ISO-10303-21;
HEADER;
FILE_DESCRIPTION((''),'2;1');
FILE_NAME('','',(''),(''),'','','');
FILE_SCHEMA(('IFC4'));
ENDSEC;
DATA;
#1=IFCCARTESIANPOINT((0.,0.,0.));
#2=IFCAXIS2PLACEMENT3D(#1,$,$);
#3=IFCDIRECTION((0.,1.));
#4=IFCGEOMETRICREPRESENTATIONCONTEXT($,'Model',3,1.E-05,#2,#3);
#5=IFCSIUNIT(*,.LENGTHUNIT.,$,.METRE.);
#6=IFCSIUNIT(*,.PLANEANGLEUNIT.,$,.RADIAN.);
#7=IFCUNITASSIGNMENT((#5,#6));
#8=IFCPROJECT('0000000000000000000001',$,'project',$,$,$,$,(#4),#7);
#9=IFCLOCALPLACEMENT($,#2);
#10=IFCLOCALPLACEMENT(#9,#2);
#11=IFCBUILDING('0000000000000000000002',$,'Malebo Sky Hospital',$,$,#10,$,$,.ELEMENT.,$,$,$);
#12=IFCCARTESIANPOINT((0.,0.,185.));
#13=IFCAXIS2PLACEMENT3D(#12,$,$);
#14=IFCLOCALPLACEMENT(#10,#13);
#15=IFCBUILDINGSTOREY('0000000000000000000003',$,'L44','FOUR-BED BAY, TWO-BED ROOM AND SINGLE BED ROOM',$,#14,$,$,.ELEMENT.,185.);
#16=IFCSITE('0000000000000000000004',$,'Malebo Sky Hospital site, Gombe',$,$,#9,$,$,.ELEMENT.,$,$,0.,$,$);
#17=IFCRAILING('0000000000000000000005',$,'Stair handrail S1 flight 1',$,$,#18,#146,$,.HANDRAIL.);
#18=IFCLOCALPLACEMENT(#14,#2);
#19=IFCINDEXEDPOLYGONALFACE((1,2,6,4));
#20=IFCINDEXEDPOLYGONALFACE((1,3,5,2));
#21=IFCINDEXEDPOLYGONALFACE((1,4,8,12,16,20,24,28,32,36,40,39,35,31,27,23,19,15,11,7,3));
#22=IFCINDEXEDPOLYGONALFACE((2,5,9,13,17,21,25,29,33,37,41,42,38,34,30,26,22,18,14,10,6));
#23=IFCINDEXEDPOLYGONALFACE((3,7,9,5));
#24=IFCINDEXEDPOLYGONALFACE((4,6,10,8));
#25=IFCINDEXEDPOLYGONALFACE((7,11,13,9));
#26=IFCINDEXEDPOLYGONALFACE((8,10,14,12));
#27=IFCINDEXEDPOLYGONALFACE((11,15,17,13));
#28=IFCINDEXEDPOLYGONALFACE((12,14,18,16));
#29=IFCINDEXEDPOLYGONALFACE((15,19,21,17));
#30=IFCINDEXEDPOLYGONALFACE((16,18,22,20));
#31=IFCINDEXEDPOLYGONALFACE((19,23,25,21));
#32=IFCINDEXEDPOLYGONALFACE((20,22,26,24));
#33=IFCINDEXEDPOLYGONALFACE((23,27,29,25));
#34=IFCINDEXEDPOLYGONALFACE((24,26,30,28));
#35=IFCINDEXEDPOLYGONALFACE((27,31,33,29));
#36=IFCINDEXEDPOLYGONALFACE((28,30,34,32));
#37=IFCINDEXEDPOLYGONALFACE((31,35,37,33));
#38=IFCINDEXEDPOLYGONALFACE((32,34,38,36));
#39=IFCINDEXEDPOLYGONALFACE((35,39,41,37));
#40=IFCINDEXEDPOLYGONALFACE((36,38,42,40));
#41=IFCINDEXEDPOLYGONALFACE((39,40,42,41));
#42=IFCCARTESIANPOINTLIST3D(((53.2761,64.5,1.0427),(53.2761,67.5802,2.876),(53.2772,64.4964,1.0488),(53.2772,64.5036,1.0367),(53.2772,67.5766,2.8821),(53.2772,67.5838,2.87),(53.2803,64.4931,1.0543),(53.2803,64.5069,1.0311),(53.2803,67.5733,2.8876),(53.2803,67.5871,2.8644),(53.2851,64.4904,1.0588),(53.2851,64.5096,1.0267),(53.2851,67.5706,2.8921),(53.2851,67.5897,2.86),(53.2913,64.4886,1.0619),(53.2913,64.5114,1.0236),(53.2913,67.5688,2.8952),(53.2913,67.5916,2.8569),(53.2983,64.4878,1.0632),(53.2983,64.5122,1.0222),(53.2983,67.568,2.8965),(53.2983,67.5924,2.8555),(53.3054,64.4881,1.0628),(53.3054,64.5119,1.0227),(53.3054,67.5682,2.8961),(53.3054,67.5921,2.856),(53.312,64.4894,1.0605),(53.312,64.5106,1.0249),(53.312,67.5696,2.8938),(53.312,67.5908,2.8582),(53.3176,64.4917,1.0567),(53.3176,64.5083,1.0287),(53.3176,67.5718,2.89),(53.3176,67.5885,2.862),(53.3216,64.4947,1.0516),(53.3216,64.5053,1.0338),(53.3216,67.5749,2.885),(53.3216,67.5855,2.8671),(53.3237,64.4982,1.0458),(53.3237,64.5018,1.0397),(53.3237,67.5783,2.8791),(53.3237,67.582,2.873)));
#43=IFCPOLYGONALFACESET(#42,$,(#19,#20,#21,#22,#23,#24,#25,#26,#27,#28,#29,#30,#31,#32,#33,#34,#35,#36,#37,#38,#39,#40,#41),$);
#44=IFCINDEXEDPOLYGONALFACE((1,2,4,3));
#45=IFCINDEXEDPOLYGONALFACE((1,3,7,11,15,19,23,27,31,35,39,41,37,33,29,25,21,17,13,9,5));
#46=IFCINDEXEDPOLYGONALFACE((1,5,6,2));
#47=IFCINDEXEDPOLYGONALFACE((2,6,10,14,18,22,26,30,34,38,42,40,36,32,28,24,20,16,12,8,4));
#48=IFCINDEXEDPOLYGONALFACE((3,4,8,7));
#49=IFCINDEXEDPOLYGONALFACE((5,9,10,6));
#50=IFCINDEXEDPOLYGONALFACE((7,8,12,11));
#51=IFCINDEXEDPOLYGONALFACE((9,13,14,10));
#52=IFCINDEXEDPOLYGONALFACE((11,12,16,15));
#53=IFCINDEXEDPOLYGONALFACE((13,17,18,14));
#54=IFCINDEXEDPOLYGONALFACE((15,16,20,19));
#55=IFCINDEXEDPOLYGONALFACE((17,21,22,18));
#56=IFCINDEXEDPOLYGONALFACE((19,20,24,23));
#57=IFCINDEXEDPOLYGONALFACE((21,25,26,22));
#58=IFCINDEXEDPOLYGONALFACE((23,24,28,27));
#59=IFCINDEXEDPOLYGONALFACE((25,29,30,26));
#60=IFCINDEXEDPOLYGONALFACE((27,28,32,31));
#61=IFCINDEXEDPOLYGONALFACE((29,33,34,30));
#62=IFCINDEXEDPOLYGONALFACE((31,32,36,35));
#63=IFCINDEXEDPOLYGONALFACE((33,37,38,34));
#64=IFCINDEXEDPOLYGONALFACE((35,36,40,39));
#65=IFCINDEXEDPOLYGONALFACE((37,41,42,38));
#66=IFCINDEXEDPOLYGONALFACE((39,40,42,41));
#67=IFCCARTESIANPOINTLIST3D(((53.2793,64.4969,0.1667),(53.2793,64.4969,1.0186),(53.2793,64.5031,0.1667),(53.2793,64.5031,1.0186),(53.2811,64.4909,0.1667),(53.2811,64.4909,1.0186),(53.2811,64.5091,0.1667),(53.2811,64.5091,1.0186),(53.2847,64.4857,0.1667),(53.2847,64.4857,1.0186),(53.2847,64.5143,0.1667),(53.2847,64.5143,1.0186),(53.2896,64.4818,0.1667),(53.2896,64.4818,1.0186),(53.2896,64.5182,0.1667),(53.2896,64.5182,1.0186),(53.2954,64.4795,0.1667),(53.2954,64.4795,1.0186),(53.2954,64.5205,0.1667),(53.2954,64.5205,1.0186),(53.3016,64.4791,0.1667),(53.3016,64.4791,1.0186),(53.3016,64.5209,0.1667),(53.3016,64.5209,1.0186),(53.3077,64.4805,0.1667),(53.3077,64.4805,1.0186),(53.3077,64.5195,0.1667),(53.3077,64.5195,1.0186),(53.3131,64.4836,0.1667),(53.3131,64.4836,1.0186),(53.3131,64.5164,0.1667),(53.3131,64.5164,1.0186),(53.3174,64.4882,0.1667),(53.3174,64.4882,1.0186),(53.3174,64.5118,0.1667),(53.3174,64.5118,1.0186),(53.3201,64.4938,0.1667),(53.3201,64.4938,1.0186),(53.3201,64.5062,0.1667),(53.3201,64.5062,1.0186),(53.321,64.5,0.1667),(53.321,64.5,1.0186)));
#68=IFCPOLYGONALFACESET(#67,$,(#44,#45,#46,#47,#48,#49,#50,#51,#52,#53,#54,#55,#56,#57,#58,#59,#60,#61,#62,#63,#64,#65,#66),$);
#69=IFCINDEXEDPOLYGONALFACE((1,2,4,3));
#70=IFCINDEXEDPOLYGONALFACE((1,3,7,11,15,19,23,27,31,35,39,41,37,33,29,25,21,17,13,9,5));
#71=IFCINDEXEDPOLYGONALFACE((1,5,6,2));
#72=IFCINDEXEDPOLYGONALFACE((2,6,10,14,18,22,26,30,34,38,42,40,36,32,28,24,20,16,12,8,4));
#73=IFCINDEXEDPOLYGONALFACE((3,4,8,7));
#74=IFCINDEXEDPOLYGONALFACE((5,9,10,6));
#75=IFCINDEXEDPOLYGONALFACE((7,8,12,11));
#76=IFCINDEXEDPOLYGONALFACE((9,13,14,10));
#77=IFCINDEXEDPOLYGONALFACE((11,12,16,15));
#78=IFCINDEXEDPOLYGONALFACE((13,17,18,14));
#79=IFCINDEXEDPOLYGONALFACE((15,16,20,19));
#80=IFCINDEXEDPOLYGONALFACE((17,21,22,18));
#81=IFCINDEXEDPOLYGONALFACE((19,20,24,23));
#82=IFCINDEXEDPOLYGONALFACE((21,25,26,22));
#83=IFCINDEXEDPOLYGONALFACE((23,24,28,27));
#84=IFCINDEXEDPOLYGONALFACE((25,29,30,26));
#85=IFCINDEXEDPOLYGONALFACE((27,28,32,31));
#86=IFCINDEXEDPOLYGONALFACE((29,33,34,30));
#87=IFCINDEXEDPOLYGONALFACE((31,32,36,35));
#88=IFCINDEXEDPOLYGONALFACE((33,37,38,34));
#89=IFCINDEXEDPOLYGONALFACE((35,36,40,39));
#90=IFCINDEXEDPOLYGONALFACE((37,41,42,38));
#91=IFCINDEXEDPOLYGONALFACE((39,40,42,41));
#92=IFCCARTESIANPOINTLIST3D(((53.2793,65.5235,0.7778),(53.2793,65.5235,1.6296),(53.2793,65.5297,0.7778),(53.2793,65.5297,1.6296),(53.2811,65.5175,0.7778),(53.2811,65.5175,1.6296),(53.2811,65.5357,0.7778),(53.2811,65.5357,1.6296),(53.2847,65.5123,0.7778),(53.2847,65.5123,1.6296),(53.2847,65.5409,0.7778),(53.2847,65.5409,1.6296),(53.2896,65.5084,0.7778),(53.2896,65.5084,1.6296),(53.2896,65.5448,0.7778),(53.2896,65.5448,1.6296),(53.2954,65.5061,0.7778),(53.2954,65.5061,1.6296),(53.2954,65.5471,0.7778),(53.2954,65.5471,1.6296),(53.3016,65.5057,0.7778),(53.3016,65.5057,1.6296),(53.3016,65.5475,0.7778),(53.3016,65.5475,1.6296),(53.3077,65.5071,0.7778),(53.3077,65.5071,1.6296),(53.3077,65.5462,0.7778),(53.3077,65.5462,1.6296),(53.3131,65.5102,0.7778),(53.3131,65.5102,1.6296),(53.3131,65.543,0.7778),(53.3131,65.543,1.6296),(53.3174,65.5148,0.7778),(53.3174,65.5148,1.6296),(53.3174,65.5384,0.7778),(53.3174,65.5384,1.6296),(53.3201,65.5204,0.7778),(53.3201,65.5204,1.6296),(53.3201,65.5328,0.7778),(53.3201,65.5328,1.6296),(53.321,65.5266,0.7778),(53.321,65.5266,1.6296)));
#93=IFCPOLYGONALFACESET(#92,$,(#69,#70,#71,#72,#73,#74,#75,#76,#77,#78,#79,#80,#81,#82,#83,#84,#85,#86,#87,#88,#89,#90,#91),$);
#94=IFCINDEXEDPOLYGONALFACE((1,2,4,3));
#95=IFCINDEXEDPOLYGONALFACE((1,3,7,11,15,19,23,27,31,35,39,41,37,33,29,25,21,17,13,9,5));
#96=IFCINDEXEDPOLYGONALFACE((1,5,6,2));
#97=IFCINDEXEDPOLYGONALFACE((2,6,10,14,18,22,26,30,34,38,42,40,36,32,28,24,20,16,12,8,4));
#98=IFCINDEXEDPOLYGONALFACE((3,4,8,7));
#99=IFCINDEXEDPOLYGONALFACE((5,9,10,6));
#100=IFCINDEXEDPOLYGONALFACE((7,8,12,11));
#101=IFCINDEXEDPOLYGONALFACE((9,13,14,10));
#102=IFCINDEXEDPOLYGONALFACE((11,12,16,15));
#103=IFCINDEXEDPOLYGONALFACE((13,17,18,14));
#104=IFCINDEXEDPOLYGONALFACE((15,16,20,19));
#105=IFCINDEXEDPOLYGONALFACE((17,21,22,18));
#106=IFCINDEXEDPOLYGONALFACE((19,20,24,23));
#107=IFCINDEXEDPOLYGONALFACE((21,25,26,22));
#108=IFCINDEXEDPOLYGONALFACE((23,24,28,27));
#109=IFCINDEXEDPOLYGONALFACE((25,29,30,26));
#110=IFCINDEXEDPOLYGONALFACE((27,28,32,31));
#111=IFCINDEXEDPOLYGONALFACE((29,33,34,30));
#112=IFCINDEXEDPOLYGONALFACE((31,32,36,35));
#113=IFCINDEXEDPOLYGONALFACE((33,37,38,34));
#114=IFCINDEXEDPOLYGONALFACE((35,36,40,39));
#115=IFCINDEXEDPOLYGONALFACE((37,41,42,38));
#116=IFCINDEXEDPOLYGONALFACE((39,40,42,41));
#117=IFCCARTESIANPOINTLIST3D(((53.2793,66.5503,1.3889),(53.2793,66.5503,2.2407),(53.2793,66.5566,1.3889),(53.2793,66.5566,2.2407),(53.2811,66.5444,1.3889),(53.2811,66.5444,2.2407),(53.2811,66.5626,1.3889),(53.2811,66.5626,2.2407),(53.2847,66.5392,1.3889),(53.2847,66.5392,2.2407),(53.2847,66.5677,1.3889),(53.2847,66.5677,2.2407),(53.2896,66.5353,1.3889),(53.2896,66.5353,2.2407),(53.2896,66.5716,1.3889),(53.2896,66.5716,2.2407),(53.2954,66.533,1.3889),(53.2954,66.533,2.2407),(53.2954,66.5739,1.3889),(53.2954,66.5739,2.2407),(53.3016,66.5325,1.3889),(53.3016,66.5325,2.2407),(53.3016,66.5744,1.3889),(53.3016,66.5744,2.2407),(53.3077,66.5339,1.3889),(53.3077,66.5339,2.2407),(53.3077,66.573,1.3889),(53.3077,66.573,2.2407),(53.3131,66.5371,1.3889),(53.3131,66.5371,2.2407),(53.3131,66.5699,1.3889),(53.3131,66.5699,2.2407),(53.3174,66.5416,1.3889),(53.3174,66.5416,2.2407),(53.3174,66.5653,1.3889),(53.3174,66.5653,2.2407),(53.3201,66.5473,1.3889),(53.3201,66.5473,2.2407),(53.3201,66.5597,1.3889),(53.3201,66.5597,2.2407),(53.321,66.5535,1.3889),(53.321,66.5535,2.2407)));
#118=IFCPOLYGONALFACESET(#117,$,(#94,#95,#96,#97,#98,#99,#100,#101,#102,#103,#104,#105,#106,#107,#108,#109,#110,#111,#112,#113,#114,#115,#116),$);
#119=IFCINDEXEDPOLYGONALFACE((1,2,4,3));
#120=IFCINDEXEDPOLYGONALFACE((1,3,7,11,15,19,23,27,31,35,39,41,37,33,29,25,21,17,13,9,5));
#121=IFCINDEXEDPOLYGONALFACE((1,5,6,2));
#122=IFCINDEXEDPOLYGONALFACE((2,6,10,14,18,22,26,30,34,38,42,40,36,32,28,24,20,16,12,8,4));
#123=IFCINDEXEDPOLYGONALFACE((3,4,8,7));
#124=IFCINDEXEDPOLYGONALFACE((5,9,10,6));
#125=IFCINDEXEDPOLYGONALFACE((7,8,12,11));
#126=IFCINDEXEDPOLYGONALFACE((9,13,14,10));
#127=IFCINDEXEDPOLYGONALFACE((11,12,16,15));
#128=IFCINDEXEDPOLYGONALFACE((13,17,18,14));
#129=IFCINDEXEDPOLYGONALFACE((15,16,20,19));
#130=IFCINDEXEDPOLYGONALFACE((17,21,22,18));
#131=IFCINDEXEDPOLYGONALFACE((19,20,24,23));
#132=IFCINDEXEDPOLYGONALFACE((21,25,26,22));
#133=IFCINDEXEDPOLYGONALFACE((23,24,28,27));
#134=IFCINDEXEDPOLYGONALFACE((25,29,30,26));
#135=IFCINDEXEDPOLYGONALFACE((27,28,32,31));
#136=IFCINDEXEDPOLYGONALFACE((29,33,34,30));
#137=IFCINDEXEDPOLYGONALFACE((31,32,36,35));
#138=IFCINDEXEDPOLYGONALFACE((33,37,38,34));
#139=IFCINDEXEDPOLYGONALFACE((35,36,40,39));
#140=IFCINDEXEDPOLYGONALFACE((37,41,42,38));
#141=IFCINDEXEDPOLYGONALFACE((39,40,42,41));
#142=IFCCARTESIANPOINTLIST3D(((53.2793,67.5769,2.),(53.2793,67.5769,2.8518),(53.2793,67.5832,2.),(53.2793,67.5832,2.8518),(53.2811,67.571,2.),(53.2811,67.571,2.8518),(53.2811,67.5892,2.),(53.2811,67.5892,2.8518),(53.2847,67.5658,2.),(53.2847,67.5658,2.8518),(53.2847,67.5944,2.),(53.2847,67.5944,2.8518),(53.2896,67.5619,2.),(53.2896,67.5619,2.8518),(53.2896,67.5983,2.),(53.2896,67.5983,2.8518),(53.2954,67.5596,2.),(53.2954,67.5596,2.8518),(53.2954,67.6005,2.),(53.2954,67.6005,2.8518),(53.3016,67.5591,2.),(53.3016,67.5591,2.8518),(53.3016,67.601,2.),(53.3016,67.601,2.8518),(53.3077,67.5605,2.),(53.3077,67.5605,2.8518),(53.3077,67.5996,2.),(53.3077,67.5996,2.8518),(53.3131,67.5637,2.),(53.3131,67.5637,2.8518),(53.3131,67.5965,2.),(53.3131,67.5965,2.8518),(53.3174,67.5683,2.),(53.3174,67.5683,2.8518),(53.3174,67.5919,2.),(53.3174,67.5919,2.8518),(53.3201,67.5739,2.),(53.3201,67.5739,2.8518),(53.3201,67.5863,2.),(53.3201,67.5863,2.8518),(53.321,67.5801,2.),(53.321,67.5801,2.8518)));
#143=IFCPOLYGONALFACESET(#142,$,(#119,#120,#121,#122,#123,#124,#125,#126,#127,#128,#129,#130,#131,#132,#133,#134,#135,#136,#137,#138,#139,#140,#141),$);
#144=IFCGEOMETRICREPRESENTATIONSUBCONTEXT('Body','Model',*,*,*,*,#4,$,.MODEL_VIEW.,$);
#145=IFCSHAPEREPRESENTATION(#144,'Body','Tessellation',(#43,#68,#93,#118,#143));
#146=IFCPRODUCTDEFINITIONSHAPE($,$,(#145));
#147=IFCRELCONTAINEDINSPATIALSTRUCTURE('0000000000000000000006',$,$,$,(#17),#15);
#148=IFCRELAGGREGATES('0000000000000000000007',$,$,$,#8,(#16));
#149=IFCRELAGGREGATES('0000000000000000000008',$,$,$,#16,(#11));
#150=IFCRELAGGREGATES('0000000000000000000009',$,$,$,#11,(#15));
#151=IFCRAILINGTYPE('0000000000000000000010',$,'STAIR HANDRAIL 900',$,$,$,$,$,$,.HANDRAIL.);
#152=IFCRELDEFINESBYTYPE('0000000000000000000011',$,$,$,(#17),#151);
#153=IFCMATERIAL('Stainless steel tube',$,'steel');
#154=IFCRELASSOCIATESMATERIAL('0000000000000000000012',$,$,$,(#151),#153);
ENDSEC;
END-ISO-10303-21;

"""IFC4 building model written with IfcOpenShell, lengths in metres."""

from ifc_helpers import new_model, si_unit, direction, frame, origin, origin_2d, place, context, subcontext, project, spatial, circle, extrude, material, type_object, element, save


model = new_model("IFC4")

# Units and contexts
model_context = context("Model", 3, precision=1e-05, world=origin(), true_north=direction((0.0, 1.0)))
body_context = subcontext(model_context, "Body", "Model", "MODEL_VIEW")
ifc_project = project(units=[si_unit("LENGTHUNIT", "METRE"), si_unit("PLANEANGLEUNIT", "RADIAN")], contexts=[model_context])

# Site, building, storey
site_placement = place(None, origin())
site = spatial("IfcSite", under=ifc_project, at=site_placement, Name="Malebo Sky Hospital site, Gombe", CompositionType="ELEMENT", RefElevation=0.0)
building_placement = place(site_placement, origin())
building = spatial("IfcBuilding", under=site, at=building_placement, Name="Malebo Sky Hospital", CompositionType="ELEMENT")
storey_placement = place(building_placement, frame((0.0, 0.0, 185.0)))
storey = spatial("IfcBuildingStorey", under=building, at=storey_placement, Name="L44", Description="FOUR-BED BAY, TWO-BED ROOM AND SINGLE BED ROOM", CompositionType="ELEMENT", Elevation=185.0)

# Railing
ifc_material_1 = material(Name="Stainless steel tube", Category="steel")
railing_type = type_object("IfcRailingType", Name="STAIR HANDRAIL 900", PredefinedType="HANDRAIL", material=ifc_material_1)
railing_1_placement = place(storey_placement, frame((53.3, 64.5, 0.1667)))
element("IfcRailing", 1, at=railing_1_placement, inside=storey, type_object=railing_type, Name="Stair handrail S1 flight 1", PredefinedType="HANDRAIL", context=body_context, shape_type="SweptSolid", body=[
    extrude(circle(Radius=0.0239, at=origin_2d()), frame((0.0, 0.0, 0.876), z_axis=(0.0, 0.859309, 0.511458), x_axis=(-1.0, 0.0, 0.0)), (0.0, 0.0, 1.0), 3.5845),
    extrude(circle(Radius=0.021, at=origin_2d()), origin(), (0.0, 0.0, 1.0), 0.8518),
    extrude(circle(Radius=0.021, at=origin_2d()), frame((0.0, 1.0266, 0.6111)), (0.0, 0.0, 1.0), 0.8518),
    extrude(circle(Radius=0.021, at=origin_2d()), frame((0.0, 2.0535, 1.2222)), (0.0, 0.0, 1.0), 0.8518),
    extrude(circle(Radius=0.021, at=origin_2d()), frame((0.0, 3.0801, 1.8333)), (0.0, 0.0, 1.0), 0.8518),
])

save(model, "model.ifc")
